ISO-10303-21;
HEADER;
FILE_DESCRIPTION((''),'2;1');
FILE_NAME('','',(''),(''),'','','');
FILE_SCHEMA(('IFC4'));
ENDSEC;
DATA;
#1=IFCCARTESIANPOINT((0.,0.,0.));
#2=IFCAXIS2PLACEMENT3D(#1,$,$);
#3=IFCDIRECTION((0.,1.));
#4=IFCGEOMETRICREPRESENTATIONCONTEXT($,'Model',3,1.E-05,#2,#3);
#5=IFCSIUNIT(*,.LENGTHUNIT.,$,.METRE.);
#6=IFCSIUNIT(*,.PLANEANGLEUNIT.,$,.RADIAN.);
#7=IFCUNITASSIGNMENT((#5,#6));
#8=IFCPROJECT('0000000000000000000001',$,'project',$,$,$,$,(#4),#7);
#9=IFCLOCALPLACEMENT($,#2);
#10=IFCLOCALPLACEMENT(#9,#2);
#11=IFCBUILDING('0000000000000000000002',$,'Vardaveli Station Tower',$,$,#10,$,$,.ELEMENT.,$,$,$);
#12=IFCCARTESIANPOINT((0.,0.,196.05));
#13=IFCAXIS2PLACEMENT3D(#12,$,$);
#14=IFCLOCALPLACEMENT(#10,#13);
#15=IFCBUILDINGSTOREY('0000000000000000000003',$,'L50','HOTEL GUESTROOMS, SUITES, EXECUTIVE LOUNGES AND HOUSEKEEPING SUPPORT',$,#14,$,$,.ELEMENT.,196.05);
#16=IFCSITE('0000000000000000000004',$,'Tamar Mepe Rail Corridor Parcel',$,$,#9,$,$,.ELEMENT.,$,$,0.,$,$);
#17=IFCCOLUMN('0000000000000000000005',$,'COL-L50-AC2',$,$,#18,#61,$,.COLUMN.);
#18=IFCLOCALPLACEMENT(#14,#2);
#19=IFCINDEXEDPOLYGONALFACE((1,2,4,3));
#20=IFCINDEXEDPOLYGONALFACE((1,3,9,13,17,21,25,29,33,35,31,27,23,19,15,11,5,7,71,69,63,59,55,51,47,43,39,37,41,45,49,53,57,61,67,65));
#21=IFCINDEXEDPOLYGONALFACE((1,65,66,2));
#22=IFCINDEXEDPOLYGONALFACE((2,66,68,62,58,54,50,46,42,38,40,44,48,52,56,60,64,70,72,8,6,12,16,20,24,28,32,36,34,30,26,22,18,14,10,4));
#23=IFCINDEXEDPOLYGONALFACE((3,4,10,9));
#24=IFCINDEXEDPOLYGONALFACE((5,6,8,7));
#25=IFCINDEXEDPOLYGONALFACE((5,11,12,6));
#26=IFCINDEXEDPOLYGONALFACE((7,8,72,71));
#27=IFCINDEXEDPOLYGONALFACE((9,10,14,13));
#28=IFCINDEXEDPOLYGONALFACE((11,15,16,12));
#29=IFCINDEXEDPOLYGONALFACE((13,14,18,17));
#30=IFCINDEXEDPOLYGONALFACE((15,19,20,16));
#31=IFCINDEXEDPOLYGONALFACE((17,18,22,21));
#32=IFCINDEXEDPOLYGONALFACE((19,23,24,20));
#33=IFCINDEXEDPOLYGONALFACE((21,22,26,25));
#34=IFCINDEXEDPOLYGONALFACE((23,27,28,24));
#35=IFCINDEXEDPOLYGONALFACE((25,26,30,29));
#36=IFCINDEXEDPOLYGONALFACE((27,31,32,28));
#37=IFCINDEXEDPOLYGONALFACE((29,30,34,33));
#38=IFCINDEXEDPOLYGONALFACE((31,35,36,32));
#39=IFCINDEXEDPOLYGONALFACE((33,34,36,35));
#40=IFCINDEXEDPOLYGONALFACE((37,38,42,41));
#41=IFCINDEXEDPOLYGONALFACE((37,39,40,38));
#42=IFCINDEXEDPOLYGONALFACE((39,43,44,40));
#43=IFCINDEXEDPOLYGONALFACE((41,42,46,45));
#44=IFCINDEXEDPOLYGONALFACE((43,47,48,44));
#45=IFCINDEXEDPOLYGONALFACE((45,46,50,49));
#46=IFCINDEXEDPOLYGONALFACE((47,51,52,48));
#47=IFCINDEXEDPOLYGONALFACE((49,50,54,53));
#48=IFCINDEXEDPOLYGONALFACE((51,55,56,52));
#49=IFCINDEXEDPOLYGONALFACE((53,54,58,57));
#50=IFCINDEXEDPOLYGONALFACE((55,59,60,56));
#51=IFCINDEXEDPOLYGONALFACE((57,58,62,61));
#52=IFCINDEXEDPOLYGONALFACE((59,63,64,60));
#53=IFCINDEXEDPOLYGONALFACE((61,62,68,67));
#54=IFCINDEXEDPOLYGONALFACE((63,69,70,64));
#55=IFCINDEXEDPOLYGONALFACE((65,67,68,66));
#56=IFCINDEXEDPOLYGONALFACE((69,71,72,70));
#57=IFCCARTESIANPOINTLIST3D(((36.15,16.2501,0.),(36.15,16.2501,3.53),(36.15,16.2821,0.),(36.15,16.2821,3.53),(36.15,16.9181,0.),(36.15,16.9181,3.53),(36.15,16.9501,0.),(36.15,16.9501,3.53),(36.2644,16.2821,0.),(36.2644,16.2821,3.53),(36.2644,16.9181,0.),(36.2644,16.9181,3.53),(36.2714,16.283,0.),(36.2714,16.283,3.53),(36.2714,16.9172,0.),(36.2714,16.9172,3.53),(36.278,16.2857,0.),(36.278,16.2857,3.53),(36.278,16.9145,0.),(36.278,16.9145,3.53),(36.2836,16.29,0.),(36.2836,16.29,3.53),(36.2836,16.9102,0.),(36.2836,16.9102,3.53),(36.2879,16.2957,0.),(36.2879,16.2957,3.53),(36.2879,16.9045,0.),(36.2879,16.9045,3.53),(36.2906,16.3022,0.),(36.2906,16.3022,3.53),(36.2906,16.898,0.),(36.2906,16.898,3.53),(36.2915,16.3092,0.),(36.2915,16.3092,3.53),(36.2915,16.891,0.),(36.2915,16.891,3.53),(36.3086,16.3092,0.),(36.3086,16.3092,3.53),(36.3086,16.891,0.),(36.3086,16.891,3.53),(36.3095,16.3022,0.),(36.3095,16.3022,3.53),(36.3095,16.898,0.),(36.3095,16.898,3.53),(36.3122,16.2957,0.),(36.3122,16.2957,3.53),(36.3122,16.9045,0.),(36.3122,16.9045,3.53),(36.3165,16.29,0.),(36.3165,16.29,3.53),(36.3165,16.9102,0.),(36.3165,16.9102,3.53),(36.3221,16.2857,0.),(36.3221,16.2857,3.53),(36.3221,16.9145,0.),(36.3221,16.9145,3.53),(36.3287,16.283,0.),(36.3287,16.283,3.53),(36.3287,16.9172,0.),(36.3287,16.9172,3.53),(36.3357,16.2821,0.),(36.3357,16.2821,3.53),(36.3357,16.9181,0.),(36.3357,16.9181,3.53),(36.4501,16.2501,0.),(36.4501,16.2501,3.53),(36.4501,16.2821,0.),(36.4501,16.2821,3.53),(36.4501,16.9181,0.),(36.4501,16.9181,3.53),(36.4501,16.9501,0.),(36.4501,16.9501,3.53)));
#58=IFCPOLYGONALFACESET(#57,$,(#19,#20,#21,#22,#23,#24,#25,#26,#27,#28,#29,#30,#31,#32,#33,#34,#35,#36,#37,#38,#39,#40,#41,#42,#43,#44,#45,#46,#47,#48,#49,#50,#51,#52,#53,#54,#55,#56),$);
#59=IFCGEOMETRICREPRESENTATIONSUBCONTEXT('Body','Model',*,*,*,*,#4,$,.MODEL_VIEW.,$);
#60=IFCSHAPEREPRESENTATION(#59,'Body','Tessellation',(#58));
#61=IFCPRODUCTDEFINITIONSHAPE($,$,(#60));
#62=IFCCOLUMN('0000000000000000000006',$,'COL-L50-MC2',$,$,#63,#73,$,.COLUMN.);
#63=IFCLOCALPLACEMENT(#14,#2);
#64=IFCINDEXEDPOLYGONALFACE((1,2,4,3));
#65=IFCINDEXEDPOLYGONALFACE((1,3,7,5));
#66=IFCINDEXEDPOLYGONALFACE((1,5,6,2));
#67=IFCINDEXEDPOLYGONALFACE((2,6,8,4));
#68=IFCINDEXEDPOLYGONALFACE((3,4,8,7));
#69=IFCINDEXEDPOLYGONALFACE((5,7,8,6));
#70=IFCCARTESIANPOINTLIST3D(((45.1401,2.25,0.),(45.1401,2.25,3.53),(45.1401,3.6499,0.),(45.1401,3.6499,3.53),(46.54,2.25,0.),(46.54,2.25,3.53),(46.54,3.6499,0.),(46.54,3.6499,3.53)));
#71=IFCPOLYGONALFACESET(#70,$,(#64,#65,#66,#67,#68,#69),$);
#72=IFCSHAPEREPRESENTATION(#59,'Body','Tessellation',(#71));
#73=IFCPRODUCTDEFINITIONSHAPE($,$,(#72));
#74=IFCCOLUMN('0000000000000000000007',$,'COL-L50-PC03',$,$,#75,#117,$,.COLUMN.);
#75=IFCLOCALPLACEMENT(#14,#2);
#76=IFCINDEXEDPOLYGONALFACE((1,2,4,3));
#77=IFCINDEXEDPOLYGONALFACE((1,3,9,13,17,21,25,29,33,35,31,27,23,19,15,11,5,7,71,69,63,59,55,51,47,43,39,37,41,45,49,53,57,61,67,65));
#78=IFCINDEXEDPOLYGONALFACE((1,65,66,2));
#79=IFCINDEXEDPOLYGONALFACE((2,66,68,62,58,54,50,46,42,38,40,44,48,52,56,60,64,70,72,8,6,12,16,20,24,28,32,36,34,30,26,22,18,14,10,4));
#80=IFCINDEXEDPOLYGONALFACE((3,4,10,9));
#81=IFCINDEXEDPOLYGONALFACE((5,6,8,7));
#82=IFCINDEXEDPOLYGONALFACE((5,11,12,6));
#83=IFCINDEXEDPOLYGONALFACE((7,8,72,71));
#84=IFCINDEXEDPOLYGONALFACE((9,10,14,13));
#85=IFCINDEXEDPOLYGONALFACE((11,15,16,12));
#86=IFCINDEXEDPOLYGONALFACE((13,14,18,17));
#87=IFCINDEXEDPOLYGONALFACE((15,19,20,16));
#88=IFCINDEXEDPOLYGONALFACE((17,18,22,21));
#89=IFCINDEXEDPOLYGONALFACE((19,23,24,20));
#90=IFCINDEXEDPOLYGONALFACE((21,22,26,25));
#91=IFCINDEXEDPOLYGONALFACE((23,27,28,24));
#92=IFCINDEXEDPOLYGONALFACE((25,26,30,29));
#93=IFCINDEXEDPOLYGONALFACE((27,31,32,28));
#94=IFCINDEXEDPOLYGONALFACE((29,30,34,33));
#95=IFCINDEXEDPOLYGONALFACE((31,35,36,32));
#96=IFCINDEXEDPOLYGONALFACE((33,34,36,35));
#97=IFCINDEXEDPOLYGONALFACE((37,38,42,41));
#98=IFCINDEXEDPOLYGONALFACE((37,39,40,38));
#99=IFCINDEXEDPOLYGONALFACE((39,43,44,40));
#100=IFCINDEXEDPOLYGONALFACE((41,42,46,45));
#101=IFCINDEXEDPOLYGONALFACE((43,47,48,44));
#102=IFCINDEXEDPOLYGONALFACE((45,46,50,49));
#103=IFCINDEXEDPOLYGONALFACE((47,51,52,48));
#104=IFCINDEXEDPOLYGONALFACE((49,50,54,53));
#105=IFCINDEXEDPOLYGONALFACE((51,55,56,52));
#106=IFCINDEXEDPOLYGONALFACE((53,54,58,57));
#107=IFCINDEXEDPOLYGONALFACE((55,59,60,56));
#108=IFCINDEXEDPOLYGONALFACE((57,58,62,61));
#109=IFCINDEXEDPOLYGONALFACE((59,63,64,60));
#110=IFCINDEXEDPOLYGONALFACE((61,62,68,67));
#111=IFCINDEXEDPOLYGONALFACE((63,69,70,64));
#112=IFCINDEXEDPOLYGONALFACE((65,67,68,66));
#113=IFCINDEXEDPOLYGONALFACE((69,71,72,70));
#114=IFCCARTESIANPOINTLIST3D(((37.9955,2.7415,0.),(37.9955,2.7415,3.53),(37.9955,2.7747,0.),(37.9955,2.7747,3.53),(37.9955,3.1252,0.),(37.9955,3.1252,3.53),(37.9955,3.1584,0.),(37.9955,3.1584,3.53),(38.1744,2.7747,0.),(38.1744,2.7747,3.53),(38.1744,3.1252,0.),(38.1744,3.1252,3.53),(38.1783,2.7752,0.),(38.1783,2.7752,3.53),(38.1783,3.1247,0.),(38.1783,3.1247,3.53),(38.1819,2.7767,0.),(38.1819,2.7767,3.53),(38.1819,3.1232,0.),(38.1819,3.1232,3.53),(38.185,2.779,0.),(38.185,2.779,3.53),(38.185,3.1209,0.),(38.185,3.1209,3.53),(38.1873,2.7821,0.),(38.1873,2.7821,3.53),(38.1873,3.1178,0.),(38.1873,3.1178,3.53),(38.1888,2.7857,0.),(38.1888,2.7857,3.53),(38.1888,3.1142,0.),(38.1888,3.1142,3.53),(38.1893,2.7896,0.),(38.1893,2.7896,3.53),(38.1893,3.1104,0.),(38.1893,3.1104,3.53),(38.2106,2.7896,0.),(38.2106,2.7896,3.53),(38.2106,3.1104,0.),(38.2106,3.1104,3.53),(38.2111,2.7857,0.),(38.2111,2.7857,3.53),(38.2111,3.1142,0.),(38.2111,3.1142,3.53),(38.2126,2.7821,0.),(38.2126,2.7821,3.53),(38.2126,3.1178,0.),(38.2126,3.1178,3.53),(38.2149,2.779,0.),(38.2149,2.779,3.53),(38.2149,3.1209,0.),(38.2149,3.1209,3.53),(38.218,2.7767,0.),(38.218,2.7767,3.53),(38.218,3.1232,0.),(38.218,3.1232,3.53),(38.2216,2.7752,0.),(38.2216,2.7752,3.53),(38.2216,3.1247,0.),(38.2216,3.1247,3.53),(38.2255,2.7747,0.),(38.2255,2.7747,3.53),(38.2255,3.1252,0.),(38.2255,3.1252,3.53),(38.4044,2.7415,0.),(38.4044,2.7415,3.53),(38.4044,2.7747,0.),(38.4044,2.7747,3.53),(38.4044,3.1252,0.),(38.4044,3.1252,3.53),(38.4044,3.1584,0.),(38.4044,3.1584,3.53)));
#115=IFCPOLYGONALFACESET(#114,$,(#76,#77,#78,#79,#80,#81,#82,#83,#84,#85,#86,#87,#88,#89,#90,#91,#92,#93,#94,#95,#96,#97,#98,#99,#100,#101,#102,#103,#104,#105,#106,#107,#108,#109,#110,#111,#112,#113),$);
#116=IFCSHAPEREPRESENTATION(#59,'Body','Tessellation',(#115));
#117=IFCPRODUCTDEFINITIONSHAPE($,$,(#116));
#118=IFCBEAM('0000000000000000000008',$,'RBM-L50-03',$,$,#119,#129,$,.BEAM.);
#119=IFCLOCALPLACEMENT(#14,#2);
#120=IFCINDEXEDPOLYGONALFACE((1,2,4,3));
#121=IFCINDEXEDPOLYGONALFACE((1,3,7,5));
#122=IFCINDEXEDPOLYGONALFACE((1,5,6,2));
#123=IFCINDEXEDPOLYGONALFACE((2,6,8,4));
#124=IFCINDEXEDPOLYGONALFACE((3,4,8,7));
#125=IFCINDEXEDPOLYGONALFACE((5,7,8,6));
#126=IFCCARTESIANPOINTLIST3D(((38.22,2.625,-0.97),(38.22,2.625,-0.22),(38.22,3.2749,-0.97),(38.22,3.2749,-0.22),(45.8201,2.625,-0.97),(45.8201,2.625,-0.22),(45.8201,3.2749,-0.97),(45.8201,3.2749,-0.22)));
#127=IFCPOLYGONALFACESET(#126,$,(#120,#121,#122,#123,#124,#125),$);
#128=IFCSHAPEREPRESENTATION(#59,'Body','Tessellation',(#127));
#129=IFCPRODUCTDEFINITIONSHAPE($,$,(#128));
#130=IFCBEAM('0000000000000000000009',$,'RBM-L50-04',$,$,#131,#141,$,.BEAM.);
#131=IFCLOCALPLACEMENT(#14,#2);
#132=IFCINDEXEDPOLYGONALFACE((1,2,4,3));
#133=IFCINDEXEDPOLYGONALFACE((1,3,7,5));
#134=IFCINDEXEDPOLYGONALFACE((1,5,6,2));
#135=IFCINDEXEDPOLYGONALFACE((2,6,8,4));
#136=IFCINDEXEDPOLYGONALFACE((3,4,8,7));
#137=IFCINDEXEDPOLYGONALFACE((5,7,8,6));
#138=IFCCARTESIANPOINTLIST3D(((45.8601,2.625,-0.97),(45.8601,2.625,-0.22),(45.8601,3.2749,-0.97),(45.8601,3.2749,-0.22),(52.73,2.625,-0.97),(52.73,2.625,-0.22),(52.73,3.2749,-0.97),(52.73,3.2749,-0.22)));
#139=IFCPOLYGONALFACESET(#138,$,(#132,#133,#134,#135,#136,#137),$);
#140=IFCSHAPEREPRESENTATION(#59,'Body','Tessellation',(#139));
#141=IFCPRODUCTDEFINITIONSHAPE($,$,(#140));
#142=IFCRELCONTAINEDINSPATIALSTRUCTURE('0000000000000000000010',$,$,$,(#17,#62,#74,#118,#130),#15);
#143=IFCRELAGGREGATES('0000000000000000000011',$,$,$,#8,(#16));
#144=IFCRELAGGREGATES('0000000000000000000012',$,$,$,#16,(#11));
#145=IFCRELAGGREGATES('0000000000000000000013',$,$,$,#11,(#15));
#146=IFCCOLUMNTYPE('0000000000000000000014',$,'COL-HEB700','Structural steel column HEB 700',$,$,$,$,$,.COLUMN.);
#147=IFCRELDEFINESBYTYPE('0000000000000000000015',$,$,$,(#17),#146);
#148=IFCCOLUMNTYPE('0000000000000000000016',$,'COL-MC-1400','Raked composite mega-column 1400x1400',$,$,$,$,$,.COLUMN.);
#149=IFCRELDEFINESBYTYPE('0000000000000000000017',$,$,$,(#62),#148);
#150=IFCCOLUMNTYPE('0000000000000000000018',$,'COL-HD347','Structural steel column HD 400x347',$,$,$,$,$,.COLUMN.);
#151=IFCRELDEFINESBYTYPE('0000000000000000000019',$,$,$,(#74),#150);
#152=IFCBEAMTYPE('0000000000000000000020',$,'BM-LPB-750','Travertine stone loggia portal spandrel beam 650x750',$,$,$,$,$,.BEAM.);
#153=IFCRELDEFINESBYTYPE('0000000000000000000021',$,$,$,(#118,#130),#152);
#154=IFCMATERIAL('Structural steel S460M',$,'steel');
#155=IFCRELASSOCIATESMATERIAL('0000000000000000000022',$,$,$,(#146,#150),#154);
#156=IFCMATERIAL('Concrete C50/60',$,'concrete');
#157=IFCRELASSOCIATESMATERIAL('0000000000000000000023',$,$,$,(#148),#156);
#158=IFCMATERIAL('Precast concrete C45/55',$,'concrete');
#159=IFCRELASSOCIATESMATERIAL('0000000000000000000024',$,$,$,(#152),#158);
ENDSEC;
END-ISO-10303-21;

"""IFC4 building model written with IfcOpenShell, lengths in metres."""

from ifc_helpers import new_model, si_unit, direction, frame, origin, origin_2d, place, context, subcontext, project, spatial, rectangle, i_section, extrude, source, transform, mapped, material, material_profile, profile_set, type_object, element, save


model = new_model("IFC4")

# Units and contexts
model_context = context("Model", 3, precision=1e-05, world=origin(), true_north=direction((0.0, 1.0)))
body_context = subcontext(model_context, "Body", "Model", "MODEL_VIEW")
ifc_project = project(units=[si_unit("LENGTHUNIT", "METRE"), si_unit("PLANEANGLEUNIT", "RADIAN")], contexts=[model_context])

# Site, building, storey
site_placement = place(None, origin())
site = spatial("IfcSite", under=ifc_project, at=site_placement, Name="Tamar Mepe Rail Corridor Parcel", CompositionType="ELEMENT", RefElevation=0.0)
building_placement = place(site_placement, origin())
building = spatial("IfcBuilding", under=site, at=building_placement, Name="Vardaveli Station Tower", CompositionType="ELEMENT")
storey_placement = place(building_placement, frame((0.0, 0.0, 196.05)))
storey = spatial("IfcBuildingStorey", under=building, at=storey_placement, Name="L50", Description="HOTEL GUESTROOMS, SUITES, EXECUTIVE LOUNGES AND HOUSEKEEPING SUPPORT", CompositionType="ELEMENT", Elevation=196.05)

# Columns
ifc_material_1 = material(Name="Structural steel S460M", Category="steel")
ifc_material_profile_1 = material_profile(ifc_material_1, i_section(OverallWidth=0.3, OverallDepth=0.7, WebThickness=0.0171, FlangeThickness=0.032, FilletRadius=0.0271, at=origin_2d()), Name="HEB 700")
ifc_profile_set_1 = profile_set([ifc_material_profile_1], Name="Structural steel S460M")
column_type_1 = type_object("IfcColumnType", Name="COL-HEB700", Description="Structural steel column HEB 700", PredefinedType="COLUMN", material=ifc_profile_set_1)
shared_shape_1 = source(origin(), body_context, "Body", "SweptSolid", [
    extrude(i_section(OverallWidth=0.3, OverallDepth=0.7, WebThickness=0.0171, FlangeThickness=0.032, FilletRadius=0.0271, at=origin_2d()), origin(), (0.0, 0.0, 1.0), 3.53),
])
column_1_placement = place(storey_placement, frame((36.3, 16.6001, 0.0), z_axis=(0.0, 0.0, 1.0), x_axis=(1.0, 0.0, 0.0)))
element("IfcColumn", 1, at=column_1_placement, inside=storey, type_object=column_type_1, Name="COL-L50-AC2", PredefinedType="COLUMN", context=body_context, shape_type="MappedRepresentation", body=[
    mapped(shared_shape_1, transform((0.0, 0.0, 0.0), scale=1.0)),
])
ifc_material_2 = material(Name="Concrete C50/60", Category="concrete")
ifc_material_profile_2 = material_profile(ifc_material_2, rectangle(XDim=1.3999, YDim=1.3999, at=origin_2d()), Name="MC 1400x1400")
ifc_profile_set_2 = profile_set([ifc_material_profile_2], Name="Concrete C50/60")
column_type_2 = type_object("IfcColumnType", Name="COL-MC-1400", Description="Raked composite mega-column 1400x1400", PredefinedType="COLUMN", material=ifc_profile_set_2)
shared_shape_2 = source(origin(), body_context, "Body", "SweptSolid", [
    extrude(rectangle(XDim=1.3999, YDim=1.3999, at=origin_2d()), origin(), (0.0, 0.0, 1.0), 3.53),
])
column_2_placement = place(storey_placement, frame((45.8401, 2.95, 0.0), z_axis=(0.0, 0.0, 1.0), x_axis=(1.0, 0.0, 0.0)))
element("IfcColumn", 2, at=column_2_placement, inside=storey, type_object=column_type_2, Name="COL-L50-MC2", PredefinedType="COLUMN", context=body_context, shape_type="MappedRepresentation", body=[
    mapped(shared_shape_2, transform((0.0, 0.0, 0.0), scale=1.0)),
])
ifc_material_profile_3 = material_profile(ifc_material_1, i_section(OverallWidth=0.4089, OverallDepth=0.417, WebThickness=0.0212, FlangeThickness=0.0332, FilletRadius=0.0149, at=origin_2d()), Name="HD 400x347")
ifc_profile_set_3 = profile_set([ifc_material_profile_3], Name="Structural steel S460M")
column_type_3 = type_object("IfcColumnType", Name="COL-HD347", Description="Structural steel column HD 400x347", PredefinedType="COLUMN", material=ifc_profile_set_3)
shared_shape_3 = source(origin(), body_context, "Body", "SweptSolid", [
    extrude(i_section(OverallWidth=0.4089, OverallDepth=0.417, WebThickness=0.0212, FlangeThickness=0.0332, FilletRadius=0.0149, at=origin_2d()), origin(), (0.0, 0.0, 1.0), 3.53),
])
column_3_placement = place(storey_placement, frame((38.2, 2.95, 0.0), z_axis=(0.0, 0.0, 1.0), x_axis=(1.0, 0.0, 0.0)))
element("IfcColumn", 3, at=column_3_placement, inside=storey, type_object=column_type_3, Name="COL-L50-PC03", PredefinedType="COLUMN", context=body_context, shape_type="MappedRepresentation", body=[
    mapped(shared_shape_3, transform((0.0, 0.0, 0.0), scale=1.0)),
])

# Beams
ifc_material_3 = material(Name="Precast concrete C45/55", Category="concrete")
ifc_material_profile_4 = material_profile(ifc_material_3, rectangle(XDim=0.6499, YDim=0.75, at=origin_2d()), Name="LPB 650x750")
ifc_profile_set_4 = profile_set([ifc_material_profile_4], Name="Precast concrete C45/55")
beam_type_1 = type_object("IfcBeamType", Name="BM-LPB-750", Description="Travertine stone loggia portal spandrel beam 650x750", PredefinedType="BEAM", material=ifc_profile_set_4)
shared_shape_4 = source(origin(), body_context, "Body", "SweptSolid", [
    extrude(rectangle(XDim=0.6499, YDim=0.75, at=origin_2d()), origin(), (0.0, 0.0, 1.0), 7.6001),
])
beam_1_placement = place(storey_placement, frame((38.22, 2.95, -0.595), z_axis=(1.0, 0.0, 0.0), x_axis=(0.0, 1.0, 0.0)))
element("IfcBeam", 4, at=beam_1_placement, inside=storey, type_object=beam_type_1, Name="RBM-L50-03", PredefinedType="BEAM", context=body_context, shape_type="MappedRepresentation", body=[
    mapped(shared_shape_4, transform((0.0, 0.0, 0.0), scale=1.0)),
])
shared_shape_5 = source(origin(), body_context, "Body", "SweptSolid", [
    extrude(rectangle(XDim=0.6499, YDim=0.75, at=origin_2d()), origin(), (0.0, 0.0, 1.0), 6.8699),
])
beam_2_placement = place(storey_placement, frame((45.8601, 2.95, -0.595), z_axis=(1.0, 0.0, 0.0), x_axis=(0.0, 1.0, 0.0)))
element("IfcBeam", 5, at=beam_2_placement, inside=storey, type_object=beam_type_1, Name="RBM-L50-04", PredefinedType="BEAM", context=body_context, shape_type="MappedRepresentation", body=[
    mapped(shared_shape_5, transform((0.0, 0.0, 0.0), scale=1.0)),
])

save(model, "model.ifc")
